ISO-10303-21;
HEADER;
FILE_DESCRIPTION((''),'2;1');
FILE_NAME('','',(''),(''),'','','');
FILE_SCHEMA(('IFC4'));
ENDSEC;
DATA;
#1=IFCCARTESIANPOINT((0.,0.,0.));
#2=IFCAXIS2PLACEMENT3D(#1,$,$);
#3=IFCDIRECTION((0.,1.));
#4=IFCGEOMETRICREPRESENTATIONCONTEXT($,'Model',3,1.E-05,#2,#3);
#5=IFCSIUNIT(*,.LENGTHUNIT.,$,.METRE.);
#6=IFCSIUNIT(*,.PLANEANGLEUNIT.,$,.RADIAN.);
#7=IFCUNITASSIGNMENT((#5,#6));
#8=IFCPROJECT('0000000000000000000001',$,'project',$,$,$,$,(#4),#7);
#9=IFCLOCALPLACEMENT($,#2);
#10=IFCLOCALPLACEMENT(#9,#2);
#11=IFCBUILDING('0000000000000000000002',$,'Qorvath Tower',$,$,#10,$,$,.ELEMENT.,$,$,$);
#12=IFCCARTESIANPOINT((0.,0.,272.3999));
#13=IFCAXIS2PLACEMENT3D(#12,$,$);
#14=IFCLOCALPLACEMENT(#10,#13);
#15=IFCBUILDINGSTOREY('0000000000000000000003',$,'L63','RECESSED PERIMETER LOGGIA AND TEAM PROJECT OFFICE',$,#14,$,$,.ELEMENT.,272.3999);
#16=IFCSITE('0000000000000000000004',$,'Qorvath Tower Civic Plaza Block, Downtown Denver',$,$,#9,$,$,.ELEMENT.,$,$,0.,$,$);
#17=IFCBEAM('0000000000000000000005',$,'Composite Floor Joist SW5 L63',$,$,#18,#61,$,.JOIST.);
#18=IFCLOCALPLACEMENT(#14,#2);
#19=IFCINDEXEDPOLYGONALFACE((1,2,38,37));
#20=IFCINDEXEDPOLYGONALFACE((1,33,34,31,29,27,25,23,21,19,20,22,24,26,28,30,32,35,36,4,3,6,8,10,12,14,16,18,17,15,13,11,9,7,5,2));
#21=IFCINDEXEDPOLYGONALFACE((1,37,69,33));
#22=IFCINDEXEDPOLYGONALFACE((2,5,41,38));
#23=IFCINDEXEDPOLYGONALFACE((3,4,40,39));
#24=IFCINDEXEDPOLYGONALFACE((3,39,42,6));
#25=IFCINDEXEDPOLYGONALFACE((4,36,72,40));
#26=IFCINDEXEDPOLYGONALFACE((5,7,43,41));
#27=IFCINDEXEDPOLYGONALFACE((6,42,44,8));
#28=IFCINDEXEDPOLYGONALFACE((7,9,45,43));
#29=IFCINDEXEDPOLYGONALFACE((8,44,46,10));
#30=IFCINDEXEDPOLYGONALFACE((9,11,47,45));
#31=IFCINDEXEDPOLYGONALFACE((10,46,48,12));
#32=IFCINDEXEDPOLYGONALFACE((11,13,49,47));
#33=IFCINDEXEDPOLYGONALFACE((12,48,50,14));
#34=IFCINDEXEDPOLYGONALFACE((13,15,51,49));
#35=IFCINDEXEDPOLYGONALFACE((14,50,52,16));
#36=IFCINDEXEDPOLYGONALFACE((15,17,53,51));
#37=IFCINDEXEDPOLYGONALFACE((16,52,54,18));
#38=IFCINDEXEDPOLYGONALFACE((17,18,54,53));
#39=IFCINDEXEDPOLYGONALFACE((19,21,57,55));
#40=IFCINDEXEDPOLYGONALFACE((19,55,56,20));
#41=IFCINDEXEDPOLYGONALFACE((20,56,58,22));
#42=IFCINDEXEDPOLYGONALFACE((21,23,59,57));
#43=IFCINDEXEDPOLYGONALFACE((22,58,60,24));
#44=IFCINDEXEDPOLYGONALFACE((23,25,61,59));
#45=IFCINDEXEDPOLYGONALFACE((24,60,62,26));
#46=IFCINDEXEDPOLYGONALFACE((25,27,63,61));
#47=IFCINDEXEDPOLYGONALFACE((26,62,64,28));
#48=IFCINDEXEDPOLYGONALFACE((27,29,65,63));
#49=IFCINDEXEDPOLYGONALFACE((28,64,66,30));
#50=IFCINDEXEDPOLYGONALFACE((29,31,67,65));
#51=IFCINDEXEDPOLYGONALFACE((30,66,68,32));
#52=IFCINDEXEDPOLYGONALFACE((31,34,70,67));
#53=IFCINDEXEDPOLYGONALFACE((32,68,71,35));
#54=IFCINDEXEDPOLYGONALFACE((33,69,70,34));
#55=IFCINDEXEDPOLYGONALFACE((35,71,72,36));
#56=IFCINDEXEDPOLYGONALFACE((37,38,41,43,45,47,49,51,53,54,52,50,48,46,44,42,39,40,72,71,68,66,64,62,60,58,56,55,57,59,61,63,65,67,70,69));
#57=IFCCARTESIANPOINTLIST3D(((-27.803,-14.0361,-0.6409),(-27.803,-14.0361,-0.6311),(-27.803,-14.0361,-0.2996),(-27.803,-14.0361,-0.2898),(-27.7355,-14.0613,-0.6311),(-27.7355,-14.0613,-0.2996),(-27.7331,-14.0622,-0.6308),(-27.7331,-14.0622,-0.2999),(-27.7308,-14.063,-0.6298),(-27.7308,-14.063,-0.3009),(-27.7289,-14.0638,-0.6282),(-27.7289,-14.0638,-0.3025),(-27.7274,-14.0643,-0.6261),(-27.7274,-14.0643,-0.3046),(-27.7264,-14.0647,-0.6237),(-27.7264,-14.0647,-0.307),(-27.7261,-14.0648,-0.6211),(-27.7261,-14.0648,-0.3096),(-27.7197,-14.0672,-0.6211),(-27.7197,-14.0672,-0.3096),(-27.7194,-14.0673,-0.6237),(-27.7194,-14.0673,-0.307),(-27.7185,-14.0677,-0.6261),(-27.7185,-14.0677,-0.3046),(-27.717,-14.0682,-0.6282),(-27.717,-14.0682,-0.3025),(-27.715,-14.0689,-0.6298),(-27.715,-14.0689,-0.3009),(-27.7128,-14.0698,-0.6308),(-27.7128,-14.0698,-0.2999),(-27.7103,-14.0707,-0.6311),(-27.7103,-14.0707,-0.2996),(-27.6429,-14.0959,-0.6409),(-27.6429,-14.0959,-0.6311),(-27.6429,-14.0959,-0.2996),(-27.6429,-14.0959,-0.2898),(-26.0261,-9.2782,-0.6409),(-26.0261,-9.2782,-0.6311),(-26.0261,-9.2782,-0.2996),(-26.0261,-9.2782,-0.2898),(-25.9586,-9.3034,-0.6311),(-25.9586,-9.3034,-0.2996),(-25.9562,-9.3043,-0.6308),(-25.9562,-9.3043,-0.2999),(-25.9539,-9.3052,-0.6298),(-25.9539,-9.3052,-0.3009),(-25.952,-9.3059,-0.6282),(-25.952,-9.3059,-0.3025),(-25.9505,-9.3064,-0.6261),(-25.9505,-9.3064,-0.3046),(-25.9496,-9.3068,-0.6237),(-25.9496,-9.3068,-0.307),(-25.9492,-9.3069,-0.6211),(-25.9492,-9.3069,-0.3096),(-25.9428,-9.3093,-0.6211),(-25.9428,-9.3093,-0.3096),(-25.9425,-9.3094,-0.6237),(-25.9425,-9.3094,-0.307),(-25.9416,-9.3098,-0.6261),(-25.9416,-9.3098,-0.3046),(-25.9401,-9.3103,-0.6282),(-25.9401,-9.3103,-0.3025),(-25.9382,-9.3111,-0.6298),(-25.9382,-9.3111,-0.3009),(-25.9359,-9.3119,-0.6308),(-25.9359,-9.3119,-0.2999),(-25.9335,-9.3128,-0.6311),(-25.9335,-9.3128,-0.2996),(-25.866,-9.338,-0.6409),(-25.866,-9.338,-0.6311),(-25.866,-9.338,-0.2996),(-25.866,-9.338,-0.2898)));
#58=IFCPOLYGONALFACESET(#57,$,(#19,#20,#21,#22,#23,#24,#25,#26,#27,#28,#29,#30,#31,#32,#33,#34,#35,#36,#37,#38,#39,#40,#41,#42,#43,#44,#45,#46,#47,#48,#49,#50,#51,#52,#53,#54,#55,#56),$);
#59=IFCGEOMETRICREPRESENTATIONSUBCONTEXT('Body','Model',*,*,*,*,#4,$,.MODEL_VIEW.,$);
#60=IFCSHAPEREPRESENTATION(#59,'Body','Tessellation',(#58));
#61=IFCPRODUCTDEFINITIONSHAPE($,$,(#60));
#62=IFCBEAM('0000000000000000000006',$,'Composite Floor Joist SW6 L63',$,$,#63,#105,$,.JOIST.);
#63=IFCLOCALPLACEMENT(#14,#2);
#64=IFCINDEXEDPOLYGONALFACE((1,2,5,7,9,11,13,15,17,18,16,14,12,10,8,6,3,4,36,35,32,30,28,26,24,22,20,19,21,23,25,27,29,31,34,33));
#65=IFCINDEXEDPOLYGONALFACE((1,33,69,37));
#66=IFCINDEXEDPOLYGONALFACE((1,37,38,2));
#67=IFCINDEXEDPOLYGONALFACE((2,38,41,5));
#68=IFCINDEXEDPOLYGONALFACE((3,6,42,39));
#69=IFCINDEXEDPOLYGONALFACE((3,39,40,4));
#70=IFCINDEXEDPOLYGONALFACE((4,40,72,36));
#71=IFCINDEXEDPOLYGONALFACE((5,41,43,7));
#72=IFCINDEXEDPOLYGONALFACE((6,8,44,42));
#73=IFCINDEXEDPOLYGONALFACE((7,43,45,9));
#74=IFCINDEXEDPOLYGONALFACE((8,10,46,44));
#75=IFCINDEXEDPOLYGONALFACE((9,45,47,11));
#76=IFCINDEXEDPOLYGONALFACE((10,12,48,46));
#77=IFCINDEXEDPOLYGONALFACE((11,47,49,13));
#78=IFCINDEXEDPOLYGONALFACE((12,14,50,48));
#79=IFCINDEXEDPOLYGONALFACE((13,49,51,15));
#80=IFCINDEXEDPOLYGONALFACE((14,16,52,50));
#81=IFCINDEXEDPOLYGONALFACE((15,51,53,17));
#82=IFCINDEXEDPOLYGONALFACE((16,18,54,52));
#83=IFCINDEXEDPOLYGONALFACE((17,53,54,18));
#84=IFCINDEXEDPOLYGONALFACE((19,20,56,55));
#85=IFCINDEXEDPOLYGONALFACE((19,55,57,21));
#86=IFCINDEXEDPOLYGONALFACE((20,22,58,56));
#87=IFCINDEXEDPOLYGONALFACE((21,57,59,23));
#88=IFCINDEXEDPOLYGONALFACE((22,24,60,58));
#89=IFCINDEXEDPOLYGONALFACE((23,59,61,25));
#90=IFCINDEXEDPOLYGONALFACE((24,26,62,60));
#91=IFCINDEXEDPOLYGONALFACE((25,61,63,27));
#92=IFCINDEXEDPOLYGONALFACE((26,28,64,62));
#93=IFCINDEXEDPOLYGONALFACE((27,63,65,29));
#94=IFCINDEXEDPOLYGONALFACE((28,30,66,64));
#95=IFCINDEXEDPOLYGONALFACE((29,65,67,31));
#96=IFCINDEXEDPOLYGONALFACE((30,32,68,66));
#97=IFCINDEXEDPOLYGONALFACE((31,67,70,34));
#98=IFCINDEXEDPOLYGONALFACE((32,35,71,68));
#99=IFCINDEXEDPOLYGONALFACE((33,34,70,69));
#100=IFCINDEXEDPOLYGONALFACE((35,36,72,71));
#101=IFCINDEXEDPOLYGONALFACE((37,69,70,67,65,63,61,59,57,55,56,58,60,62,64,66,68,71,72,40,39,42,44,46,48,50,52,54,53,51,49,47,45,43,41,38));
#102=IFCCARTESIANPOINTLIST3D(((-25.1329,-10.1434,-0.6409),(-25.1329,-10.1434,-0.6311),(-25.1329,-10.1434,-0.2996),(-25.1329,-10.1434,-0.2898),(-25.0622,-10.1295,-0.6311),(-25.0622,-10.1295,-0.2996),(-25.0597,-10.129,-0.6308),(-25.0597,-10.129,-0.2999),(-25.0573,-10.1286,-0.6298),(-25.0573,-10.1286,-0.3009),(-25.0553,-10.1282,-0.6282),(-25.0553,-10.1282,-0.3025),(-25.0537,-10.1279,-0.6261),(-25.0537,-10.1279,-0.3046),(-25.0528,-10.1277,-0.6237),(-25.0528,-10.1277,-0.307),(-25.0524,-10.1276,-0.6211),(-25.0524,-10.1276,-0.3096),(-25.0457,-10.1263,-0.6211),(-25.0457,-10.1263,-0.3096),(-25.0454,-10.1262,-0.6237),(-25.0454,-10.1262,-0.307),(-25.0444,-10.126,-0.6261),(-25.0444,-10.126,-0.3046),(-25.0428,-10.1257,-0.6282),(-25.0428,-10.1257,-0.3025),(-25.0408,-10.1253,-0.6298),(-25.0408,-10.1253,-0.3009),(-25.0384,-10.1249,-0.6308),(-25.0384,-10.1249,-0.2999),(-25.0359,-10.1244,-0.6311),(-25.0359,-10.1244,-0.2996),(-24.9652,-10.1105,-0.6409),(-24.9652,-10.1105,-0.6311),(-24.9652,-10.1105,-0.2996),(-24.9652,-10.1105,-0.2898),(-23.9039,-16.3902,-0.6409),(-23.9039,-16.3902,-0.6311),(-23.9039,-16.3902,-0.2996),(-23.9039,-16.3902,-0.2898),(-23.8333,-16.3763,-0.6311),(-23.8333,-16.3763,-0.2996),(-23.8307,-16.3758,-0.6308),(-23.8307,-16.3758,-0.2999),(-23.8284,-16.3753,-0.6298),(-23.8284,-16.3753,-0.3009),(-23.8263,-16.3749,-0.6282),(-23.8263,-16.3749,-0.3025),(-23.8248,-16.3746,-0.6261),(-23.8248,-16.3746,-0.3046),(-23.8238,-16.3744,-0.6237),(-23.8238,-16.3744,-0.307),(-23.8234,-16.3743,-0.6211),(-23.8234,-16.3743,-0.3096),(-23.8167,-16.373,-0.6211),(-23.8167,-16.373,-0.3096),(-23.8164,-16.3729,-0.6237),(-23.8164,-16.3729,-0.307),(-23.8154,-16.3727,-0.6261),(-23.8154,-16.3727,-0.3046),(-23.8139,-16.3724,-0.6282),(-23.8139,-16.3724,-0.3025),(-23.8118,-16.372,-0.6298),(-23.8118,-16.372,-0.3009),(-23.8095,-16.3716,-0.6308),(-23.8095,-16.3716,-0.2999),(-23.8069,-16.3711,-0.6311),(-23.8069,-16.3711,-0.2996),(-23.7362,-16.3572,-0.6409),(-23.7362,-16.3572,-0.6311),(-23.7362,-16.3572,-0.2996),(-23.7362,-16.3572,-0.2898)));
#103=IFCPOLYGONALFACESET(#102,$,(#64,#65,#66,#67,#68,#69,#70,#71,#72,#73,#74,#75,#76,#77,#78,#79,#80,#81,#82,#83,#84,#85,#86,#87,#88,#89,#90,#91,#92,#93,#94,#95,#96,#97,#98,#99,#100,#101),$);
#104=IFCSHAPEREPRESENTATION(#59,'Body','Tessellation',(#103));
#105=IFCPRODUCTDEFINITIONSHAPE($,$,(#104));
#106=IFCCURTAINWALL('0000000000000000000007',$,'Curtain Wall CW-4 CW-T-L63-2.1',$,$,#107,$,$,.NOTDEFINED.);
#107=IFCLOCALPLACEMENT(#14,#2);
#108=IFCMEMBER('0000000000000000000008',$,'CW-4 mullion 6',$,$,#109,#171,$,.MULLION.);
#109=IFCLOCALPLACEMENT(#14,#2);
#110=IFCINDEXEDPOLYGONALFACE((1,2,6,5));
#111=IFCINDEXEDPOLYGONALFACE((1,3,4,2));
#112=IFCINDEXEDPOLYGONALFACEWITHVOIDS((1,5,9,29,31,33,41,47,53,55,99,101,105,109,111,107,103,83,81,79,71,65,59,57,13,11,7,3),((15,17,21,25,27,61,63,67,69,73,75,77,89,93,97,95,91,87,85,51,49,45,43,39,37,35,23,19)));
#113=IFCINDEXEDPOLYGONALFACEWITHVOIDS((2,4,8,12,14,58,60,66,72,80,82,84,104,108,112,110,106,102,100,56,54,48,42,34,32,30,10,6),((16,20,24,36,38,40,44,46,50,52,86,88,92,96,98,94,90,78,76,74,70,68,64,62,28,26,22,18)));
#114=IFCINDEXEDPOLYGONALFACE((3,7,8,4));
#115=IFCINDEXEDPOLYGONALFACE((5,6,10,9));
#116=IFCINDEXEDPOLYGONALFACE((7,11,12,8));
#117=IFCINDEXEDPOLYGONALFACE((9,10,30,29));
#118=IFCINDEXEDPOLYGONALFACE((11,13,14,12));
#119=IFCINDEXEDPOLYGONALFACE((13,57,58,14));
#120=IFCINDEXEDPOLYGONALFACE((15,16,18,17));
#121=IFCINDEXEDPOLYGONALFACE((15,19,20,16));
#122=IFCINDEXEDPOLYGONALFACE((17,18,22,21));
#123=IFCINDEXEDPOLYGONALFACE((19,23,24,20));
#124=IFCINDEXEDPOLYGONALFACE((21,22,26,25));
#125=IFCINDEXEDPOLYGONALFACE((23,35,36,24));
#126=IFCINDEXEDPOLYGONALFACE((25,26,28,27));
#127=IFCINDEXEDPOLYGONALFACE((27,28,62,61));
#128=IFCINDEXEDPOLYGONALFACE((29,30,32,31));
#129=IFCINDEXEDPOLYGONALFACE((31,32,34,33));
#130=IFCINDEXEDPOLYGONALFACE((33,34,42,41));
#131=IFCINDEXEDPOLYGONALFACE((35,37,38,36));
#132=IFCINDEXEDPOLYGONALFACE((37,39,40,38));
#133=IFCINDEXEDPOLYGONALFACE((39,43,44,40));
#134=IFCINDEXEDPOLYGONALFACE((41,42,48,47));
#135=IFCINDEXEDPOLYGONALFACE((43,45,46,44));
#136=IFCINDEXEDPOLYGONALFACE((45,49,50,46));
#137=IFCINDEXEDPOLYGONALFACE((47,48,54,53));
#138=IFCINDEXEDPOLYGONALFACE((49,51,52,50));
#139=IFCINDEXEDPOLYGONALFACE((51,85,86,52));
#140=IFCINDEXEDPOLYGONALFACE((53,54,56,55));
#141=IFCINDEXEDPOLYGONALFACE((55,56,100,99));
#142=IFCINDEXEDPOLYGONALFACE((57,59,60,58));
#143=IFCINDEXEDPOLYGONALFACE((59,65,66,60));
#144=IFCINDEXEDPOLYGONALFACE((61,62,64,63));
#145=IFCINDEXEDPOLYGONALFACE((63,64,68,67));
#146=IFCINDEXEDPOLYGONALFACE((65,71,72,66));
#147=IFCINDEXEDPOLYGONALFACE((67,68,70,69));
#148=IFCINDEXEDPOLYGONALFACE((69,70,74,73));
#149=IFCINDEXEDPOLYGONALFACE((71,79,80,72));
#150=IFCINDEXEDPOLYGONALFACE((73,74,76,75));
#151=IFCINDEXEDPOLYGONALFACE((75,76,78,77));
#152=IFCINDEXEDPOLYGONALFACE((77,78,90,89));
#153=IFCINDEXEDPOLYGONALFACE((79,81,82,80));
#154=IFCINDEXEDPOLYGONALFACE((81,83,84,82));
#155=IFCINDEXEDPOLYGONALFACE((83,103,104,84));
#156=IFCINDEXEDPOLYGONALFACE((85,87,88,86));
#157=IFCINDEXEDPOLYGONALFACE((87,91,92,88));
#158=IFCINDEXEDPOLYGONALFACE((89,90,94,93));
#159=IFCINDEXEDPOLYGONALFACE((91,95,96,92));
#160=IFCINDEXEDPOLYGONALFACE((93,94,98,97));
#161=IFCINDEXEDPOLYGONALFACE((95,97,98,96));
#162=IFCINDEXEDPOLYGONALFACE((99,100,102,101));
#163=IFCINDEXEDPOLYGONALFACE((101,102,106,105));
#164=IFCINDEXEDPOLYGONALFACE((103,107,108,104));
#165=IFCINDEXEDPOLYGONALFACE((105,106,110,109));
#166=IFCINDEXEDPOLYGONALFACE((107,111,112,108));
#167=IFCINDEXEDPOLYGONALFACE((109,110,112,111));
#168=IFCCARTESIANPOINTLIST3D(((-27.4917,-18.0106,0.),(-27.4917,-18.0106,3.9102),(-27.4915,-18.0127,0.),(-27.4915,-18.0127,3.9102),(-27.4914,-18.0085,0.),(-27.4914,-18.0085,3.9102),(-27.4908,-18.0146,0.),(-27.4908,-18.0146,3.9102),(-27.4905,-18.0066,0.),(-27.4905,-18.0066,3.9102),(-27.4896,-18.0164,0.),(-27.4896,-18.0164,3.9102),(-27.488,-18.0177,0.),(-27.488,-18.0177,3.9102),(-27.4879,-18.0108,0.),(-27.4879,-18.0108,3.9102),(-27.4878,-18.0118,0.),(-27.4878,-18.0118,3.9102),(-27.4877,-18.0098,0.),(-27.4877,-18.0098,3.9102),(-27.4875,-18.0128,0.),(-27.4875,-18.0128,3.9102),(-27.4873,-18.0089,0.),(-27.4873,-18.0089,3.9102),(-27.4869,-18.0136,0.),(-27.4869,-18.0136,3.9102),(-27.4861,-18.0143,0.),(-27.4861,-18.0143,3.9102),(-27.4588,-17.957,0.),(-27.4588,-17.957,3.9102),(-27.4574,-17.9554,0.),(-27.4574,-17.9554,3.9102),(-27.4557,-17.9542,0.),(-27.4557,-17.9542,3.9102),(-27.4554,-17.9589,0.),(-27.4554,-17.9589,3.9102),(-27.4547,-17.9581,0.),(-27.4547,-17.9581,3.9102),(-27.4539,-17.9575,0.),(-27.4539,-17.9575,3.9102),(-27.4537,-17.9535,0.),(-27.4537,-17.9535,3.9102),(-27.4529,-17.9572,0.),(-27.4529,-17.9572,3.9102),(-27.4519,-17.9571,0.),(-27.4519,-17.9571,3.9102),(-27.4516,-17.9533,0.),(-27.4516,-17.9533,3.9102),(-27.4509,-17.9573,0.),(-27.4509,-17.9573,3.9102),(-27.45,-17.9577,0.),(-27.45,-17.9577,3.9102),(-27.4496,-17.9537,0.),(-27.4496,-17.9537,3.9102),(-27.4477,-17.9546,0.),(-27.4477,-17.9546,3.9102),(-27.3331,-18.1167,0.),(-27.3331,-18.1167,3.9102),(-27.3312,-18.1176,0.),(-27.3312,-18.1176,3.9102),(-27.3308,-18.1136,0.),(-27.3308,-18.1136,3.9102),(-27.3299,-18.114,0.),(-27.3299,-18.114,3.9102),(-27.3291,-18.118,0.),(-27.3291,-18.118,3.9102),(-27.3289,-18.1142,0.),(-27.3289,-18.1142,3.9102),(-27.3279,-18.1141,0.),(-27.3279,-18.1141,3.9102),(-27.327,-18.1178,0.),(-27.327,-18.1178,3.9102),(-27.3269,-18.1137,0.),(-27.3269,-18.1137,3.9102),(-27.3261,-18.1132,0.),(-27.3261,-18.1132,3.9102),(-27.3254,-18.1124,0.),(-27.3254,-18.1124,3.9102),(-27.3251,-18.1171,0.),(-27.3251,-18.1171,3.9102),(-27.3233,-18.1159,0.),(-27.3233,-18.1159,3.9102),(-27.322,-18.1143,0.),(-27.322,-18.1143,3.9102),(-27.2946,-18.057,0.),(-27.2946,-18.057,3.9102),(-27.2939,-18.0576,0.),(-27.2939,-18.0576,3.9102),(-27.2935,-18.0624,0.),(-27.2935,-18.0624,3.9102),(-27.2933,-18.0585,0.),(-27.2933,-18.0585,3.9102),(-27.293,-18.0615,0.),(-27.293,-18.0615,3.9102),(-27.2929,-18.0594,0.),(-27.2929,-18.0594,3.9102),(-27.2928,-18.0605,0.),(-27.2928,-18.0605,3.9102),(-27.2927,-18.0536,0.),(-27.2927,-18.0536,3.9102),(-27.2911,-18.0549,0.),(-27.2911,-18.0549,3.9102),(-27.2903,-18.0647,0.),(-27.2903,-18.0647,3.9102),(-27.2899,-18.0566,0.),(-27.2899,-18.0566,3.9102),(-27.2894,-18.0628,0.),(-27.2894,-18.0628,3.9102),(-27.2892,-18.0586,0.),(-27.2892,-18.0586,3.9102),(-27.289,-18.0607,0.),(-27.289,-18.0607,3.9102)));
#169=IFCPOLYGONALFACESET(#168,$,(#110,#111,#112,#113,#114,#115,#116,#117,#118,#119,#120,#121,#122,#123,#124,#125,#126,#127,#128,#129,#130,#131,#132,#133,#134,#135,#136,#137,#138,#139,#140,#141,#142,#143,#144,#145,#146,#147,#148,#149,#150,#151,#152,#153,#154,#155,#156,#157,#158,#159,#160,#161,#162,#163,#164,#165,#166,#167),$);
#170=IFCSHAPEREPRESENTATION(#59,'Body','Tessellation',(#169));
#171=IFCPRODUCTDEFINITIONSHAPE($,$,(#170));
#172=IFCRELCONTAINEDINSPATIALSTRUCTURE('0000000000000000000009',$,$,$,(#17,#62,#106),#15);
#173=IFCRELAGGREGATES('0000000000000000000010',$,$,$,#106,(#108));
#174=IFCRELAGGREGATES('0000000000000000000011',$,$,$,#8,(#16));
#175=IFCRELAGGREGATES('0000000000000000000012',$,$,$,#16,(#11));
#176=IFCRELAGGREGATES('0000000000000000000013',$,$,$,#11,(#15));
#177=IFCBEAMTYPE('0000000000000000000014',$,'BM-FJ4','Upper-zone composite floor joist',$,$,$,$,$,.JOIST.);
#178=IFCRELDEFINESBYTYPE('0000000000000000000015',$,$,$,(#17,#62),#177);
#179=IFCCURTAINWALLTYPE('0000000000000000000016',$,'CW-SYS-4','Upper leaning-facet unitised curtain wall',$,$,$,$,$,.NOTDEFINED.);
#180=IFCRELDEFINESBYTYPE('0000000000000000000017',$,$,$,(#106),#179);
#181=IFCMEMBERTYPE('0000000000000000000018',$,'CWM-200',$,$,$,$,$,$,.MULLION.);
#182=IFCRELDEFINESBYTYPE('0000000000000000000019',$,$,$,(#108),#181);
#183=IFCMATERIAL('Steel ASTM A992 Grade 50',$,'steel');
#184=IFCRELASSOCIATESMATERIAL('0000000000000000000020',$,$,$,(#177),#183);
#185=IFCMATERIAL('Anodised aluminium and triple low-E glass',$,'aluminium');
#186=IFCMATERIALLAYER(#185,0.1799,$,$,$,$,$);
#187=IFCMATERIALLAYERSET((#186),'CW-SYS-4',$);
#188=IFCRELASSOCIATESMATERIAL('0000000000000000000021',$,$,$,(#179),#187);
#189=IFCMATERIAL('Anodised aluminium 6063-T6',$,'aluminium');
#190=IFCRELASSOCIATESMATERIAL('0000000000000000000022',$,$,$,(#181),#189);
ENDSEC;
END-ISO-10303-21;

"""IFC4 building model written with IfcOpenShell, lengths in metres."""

from ifc_helpers import new_model, si_unit, direction, frame, origin, origin_2d, place, context, subcontext, project, spatial, hollow_rectangle, i_section, extrude, material, layer, layer_set, material_profile, profile_set, type_object, element, aggregate, save


model = new_model("IFC4")

# Units and contexts
model_context = context("Model", 3, precision=1e-05, world=origin(), true_north=direction((0.0, 1.0)))
body_context = subcontext(model_context, "Body", "Model", "MODEL_VIEW")
ifc_project = project(units=[si_unit("LENGTHUNIT", "METRE"), si_unit("PLANEANGLEUNIT", "RADIAN")], contexts=[model_context])

# Site, building, storey
site_placement = place(None, origin())
site = spatial("IfcSite", under=ifc_project, at=site_placement, Name="Qorvath Tower Civic Plaza Block, Downtown Denver", CompositionType="ELEMENT", RefElevation=0.0)
building_placement = place(site_placement, origin())
building = spatial("IfcBuilding", under=site, at=building_placement, Name="Qorvath Tower", CompositionType="ELEMENT")
storey_placement = place(building_placement, frame((0.0, 0.0, 272.3999)))
storey = spatial("IfcBuildingStorey", under=building, at=storey_placement, Name="L63", Description="RECESSED PERIMETER LOGGIA AND TEAM PROJECT OFFICE", CompositionType="ELEMENT", Elevation=272.3999)

# Beams
ifc_material_1 = material(Name="Steel ASTM A992 Grade 50", Category="steel")
ifc_material_profile_1 = material_profile(ifc_material_1, i_section(OverallWidth=0.1709, OverallDepth=0.3511, WebThickness=0.0068, FlangeThickness=0.0098, FilletRadius=0.01, at=origin_2d()), Name="W14x30")
ifc_profile_set_1 = profile_set([ifc_material_profile_1], Name="Steel ASTM A992 Grade 50")
beam_type_1 = type_object("IfcBeamType", Name="BM-FJ4", Description="Upper-zone composite floor joist", PredefinedType="JOIST", material=ifc_profile_set_1)
beam_1_placement = place(storey_placement, frame((-25.946, -9.3081, -0.4653), z_axis=(-0.349859, -0.936802, 0.0), x_axis=(0.936802, -0.349859, 0.0)))
element("IfcBeam", 1, at=beam_1_placement, inside=storey, type_object=beam_type_1, Name="Composite Floor Joist SW5 L63", PredefinedType="JOIST", context=body_context, shape_type="SweptSolid", body=[
    extrude(i_section(OverallWidth=0.1709, OverallDepth=0.3511, WebThickness=0.0068, FlangeThickness=0.0098, FilletRadius=0.01, at=origin_2d()), origin(), (0.0, 0.0, 1.0), 5.0789),
])
beam_2_placement = place(storey_placement, frame((-25.0491, -10.127, -0.4653), z_axis=(0.19304, -0.981191, 0.0), x_axis=(0.981191, 0.19304, 0.0)))
element("IfcBeam", 2, at=beam_2_placement, inside=storey, type_object=beam_type_1, Name="Composite Floor Joist SW6 L63", PredefinedType="JOIST", context=body_context, shape_type="SweptSolid", body=[
    extrude(i_section(OverallWidth=0.1709, OverallDepth=0.3511, WebThickness=0.0068, FlangeThickness=0.0098, FilletRadius=0.01, at=origin_2d()), origin(), (0.0, 0.0, 1.0), 6.3665),
])

# Curtain wall, member
ifc_material_2 = material(Name="Anodised aluminium and triple low-E glass", Category="aluminium")
ifc_layer_1 = layer(ifc_material_2, 0.1799)
ifc_layer_set_1 = layer_set([ifc_layer_1], Name="CW-SYS-4")
curtain_wall_type = type_object("IfcCurtainWallType", Name="CW-SYS-4", Description="Upper leaning-facet unitised curtain wall", PredefinedType="NOTDEFINED", material=ifc_layer_set_1)
curtain_wall_placement = place(storey_placement, origin())
curtain_wall = element("IfcCurtainWall", 3, at=curtain_wall_placement, inside=storey, type_object=curtain_wall_type, Name="Curtain Wall CW-4 CW-T-L63-2.1", PredefinedType="NOTDEFINED")
ifc_material_3 = material(Name="Anodised aluminium 6063-T6", Category="aluminium")
ifc_material_profile_2 = material_profile(ifc_material_3, hollow_rectangle(XDim=0.075, YDim=0.2, WallThickness=0.0039, InnerFilletRadius=0.0039, OuterFilletRadius=0.0081, at=origin_2d()), Name="CWM 200x75")
ifc_profile_set_2 = profile_set([ifc_material_profile_2], Name="Anodised aluminium 6063-T6")
member_type_1 = type_object("IfcMemberType", Name="CWM-200", PredefinedType="MULLION", material=ifc_profile_set_2)
member_1_placement = place(storey_placement, frame((-27.3904, -18.0356, 0.0), z_axis=(0.0, 0.0, 1.0), x_axis=(0.538534, 0.842604, 0.0)))
member_1 = element("IfcMember", 4, at=member_1_placement, type_object=member_type_1, Name="CW-4 mullion 6", PredefinedType="MULLION", context=body_context, shape_type="SweptSolid", body=[
    extrude(hollow_rectangle(XDim=0.075, YDim=0.2, WallThickness=0.0039, InnerFilletRadius=0.0039, OuterFilletRadius=0.0081, at=origin_2d()), origin(), (0.0, 0.0, 1.0), 3.9102),
])
aggregate(curtain_wall, [member_1])

save(model, "model.ifc")
